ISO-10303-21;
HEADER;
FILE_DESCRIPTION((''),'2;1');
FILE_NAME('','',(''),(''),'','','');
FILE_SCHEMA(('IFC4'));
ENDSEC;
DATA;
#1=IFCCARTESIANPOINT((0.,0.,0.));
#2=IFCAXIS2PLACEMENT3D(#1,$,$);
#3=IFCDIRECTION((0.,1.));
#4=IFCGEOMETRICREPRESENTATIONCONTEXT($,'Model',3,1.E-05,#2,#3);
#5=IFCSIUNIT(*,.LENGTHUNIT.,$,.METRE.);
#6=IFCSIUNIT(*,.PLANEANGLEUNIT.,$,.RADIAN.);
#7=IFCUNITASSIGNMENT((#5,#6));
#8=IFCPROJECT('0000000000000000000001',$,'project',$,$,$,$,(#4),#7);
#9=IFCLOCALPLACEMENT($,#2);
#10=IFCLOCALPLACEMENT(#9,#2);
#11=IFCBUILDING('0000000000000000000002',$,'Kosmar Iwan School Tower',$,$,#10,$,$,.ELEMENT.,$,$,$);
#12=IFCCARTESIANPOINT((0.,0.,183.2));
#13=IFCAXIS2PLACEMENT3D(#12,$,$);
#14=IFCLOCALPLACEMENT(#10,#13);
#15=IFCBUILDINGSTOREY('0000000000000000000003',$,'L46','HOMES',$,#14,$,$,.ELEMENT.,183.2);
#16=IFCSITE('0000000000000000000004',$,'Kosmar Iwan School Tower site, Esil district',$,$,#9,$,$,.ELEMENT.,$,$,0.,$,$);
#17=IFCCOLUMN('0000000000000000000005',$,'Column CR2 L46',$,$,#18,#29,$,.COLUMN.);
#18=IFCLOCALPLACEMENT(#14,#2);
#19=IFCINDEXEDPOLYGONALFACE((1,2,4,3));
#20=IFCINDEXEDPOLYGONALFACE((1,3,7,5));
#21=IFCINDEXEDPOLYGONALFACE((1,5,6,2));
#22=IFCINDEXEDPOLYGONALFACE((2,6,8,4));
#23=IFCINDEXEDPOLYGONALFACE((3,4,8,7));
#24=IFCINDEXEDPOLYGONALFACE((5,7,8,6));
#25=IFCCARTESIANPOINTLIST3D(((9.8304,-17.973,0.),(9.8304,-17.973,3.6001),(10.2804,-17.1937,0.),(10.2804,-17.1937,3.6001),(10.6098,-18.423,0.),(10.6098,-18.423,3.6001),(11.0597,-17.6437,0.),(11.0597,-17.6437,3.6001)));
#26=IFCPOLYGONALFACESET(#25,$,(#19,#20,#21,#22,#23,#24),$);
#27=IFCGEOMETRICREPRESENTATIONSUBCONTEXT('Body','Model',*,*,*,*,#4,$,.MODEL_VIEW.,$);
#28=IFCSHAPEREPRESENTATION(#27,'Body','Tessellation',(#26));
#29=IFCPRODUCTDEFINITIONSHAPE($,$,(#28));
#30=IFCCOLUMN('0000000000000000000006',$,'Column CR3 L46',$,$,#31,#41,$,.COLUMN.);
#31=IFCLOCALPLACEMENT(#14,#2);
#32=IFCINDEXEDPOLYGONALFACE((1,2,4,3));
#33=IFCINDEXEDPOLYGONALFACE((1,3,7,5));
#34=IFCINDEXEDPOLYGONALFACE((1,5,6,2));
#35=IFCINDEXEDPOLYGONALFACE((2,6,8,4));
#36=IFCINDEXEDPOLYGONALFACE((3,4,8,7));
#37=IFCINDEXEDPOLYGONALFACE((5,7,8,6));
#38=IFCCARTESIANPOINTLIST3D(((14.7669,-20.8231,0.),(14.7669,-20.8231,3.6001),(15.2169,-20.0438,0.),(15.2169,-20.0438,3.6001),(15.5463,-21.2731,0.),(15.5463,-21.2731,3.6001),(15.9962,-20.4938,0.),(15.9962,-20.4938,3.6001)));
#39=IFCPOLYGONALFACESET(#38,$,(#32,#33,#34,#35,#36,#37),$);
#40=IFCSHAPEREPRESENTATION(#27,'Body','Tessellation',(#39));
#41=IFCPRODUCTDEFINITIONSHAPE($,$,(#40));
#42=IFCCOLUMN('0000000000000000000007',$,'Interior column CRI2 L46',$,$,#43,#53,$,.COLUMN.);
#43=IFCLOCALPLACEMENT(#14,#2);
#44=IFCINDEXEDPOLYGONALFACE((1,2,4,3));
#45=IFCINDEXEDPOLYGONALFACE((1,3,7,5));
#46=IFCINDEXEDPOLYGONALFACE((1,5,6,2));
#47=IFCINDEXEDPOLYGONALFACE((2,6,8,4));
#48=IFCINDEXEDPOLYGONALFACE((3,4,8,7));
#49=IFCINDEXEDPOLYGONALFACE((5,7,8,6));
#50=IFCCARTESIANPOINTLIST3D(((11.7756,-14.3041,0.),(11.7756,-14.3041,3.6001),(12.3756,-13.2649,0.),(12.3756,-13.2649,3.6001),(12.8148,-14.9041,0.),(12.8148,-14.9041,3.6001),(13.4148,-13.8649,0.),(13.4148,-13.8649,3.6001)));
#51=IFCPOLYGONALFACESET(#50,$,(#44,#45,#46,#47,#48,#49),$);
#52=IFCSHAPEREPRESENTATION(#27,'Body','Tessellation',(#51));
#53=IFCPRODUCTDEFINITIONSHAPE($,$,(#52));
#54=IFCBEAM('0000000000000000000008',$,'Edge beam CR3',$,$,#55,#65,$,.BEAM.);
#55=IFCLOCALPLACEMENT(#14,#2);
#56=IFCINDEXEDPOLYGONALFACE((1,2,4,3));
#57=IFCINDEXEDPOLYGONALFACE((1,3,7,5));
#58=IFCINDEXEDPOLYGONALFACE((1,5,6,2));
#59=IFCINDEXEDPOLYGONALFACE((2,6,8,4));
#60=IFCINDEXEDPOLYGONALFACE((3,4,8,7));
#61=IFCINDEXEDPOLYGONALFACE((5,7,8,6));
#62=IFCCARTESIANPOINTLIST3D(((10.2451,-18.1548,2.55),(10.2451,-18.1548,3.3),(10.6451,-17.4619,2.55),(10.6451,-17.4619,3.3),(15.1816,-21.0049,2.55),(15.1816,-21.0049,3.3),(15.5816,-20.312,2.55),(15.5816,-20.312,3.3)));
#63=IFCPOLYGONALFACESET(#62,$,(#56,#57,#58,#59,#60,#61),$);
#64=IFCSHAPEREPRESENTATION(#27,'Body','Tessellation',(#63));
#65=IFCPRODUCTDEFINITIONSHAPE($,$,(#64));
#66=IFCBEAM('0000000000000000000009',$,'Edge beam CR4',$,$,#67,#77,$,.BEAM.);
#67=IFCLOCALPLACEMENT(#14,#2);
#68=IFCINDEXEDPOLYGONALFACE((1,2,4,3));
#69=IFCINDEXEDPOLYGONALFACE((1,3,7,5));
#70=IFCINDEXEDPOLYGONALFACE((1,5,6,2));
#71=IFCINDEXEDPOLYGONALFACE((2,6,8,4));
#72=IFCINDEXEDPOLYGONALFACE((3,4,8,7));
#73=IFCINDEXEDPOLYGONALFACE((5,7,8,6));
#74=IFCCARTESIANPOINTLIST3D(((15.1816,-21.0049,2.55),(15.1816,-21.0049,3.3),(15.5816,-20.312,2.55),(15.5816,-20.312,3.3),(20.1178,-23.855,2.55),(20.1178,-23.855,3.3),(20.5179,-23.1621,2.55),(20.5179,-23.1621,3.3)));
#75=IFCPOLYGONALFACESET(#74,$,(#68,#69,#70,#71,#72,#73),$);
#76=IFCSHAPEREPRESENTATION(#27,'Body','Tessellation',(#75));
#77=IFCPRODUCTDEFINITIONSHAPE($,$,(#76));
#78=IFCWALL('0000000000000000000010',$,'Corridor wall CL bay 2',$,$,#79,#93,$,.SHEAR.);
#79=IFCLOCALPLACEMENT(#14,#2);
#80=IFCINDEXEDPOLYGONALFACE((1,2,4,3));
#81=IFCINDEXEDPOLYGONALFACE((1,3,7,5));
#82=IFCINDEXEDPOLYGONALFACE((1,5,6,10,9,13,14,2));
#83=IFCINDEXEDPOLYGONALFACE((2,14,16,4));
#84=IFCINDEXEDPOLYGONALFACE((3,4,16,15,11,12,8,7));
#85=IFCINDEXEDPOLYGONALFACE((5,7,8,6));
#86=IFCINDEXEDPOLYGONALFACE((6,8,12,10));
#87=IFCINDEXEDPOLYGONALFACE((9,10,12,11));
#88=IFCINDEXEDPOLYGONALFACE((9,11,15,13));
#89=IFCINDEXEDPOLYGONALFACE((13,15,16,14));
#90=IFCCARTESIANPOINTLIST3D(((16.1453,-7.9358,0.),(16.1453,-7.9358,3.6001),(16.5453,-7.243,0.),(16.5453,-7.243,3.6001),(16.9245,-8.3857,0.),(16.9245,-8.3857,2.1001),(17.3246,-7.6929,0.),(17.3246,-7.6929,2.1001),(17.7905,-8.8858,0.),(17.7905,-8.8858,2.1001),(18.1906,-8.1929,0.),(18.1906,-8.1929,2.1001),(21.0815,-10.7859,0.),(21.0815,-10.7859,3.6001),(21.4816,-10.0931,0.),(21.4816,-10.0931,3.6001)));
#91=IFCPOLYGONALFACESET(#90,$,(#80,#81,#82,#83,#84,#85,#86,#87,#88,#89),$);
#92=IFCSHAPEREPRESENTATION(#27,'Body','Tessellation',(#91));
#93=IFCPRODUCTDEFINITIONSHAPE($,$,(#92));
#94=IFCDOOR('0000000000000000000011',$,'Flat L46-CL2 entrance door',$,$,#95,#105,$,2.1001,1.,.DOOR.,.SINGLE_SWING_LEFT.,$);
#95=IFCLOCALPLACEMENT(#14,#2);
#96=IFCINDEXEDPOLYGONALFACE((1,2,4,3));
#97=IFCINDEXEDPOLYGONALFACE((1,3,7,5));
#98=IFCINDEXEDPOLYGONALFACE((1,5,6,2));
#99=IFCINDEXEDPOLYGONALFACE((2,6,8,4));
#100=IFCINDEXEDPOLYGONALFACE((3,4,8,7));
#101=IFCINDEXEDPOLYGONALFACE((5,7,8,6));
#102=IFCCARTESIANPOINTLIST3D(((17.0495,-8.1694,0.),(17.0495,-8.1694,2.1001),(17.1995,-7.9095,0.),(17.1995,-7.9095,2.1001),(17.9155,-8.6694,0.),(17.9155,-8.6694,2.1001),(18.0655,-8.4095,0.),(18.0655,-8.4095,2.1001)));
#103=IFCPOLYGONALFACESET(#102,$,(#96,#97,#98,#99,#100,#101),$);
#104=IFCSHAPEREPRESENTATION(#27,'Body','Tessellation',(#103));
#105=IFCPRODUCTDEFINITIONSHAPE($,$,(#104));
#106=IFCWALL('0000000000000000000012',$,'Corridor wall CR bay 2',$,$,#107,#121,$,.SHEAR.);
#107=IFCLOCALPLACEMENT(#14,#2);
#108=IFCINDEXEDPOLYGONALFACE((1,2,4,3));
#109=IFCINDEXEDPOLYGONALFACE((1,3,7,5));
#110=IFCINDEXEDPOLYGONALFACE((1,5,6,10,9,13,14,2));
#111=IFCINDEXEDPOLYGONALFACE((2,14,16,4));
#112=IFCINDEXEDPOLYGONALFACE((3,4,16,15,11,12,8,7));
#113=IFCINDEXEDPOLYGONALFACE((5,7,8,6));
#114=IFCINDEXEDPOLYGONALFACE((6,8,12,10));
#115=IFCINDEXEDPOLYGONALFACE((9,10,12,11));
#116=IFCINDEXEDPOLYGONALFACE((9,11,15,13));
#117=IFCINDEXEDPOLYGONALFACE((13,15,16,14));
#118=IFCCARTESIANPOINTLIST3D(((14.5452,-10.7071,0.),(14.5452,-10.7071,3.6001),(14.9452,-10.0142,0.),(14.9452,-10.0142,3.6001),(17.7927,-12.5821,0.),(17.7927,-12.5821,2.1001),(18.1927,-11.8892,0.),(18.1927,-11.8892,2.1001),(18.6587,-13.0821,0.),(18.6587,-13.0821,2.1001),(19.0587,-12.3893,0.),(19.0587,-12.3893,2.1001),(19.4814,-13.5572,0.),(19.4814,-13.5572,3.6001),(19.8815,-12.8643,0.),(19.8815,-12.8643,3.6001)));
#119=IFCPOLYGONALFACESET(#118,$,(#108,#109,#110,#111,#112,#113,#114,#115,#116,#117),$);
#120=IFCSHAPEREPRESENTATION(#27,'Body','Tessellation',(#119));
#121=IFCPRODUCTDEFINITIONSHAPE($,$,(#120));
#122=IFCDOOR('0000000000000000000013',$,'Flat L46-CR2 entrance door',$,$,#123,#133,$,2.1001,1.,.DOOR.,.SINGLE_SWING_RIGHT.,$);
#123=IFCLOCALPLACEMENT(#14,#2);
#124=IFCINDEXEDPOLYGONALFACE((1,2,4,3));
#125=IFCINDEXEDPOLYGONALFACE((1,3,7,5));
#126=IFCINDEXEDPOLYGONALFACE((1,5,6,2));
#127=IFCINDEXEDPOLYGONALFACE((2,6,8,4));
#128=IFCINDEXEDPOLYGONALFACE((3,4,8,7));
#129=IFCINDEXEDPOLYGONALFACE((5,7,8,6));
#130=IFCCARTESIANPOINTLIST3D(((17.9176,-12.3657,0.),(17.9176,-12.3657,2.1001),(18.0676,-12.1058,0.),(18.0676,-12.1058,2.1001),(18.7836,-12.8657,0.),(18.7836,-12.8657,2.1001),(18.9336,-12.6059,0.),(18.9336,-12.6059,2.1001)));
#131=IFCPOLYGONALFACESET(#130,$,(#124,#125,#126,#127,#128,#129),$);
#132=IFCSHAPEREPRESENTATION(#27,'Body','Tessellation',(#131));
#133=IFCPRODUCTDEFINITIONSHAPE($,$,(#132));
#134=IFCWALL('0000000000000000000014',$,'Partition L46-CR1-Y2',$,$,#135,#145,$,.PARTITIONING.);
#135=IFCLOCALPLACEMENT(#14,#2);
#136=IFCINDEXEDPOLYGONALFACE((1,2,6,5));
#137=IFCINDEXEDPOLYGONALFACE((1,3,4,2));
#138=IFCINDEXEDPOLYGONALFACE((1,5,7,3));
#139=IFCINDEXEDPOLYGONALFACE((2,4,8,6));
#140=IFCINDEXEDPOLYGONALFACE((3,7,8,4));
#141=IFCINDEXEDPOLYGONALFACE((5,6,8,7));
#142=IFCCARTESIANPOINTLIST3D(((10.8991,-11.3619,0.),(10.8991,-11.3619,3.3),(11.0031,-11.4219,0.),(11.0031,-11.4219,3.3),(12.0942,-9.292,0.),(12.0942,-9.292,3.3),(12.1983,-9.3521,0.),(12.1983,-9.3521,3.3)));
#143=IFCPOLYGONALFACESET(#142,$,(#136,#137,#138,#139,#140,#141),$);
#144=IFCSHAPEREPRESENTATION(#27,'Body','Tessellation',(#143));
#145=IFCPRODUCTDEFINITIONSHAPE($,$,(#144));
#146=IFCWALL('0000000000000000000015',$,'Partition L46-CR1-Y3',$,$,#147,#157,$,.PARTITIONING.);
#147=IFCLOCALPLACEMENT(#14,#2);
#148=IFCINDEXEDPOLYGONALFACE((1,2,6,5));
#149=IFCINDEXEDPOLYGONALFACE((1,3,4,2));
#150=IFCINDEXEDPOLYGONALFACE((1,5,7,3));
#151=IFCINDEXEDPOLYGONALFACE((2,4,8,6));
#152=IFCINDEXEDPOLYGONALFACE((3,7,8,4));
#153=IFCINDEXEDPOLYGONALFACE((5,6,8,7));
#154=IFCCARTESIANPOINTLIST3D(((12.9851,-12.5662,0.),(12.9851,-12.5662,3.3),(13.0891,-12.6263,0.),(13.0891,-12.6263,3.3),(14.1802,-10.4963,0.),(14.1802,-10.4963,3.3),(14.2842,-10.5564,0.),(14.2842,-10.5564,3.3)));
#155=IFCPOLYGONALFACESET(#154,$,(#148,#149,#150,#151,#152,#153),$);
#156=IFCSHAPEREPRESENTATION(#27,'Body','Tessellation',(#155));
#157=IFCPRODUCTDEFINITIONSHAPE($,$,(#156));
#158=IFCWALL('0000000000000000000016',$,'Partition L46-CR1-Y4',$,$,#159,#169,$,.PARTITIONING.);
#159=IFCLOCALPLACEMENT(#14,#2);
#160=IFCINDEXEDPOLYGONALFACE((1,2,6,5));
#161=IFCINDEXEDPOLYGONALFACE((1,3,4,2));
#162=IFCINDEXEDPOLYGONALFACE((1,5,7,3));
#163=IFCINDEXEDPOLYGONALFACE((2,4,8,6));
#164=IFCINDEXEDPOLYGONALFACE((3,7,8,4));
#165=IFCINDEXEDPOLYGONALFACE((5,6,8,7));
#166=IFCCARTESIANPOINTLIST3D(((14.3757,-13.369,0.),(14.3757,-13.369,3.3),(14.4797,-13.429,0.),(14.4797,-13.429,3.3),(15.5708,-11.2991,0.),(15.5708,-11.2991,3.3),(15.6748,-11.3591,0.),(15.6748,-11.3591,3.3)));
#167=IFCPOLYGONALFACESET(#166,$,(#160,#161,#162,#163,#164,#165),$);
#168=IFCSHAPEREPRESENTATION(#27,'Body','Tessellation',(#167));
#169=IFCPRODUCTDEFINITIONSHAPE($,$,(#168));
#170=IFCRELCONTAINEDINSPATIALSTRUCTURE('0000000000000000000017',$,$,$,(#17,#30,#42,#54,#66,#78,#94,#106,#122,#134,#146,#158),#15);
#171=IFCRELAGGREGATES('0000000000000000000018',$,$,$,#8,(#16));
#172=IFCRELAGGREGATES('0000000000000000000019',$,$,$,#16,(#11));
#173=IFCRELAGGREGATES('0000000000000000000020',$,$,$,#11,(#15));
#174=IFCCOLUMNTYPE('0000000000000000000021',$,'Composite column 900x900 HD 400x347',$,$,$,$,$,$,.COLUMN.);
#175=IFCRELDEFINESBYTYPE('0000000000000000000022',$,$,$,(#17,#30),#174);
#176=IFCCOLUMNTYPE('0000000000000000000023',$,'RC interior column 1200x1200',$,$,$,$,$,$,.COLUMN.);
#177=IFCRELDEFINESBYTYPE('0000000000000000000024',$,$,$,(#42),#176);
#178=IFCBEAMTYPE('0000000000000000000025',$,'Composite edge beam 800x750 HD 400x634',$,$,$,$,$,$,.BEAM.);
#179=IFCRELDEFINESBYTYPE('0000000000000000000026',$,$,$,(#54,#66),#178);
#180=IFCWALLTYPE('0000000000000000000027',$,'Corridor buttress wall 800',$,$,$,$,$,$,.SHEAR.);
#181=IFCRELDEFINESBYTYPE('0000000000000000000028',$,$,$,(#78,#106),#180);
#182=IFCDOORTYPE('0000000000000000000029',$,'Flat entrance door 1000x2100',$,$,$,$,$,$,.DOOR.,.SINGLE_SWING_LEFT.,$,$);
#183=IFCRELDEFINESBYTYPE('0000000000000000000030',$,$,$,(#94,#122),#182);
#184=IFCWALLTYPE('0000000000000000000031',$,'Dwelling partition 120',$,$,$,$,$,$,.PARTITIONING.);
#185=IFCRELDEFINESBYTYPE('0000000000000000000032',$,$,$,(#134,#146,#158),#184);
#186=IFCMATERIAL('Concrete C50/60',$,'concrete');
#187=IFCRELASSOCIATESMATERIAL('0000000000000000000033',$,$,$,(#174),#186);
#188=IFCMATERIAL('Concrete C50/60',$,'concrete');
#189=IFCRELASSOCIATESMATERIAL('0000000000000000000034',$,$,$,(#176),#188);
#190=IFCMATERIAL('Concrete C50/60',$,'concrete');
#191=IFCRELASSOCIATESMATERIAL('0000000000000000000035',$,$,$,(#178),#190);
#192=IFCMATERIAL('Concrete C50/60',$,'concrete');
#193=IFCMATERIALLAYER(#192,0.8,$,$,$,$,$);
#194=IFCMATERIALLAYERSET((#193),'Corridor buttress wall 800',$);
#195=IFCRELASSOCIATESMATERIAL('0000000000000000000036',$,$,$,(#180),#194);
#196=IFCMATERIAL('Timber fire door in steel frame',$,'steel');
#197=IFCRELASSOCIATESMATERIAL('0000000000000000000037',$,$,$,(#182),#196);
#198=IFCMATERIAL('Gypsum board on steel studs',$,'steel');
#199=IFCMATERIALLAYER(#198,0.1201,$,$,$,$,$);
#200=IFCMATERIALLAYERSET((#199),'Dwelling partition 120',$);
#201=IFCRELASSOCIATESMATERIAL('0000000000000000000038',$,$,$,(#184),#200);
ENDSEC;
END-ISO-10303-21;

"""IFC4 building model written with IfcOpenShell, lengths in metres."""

from ifc_helpers import new_model, si_unit, direction, frame, frame_2d, origin, origin_2d, place, context, subcontext, project, spatial, rectangle, extrude, material, layer, layer_set, material_profile, profile_set, type_object, element, fill, save


model = new_model("IFC4")

# Units and contexts
model_context = context("Model", 3, precision=1e-05, world=origin(), true_north=direction((0.0, 1.0)))
body_context = subcontext(model_context, "Body", "Model", "MODEL_VIEW")
ifc_project = project(units=[si_unit("LENGTHUNIT", "METRE"), si_unit("PLANEANGLEUNIT", "RADIAN")], contexts=[model_context])

# Site, building, storey
site_placement = place(None, origin())
site = spatial("IfcSite", under=ifc_project, at=site_placement, Name="Kosmar Iwan School Tower site, Esil district", CompositionType="ELEMENT", RefElevation=0.0)
building_placement = place(site_placement, origin())
building = spatial("IfcBuilding", under=site, at=building_placement, Name="Kosmar Iwan School Tower", CompositionType="ELEMENT")
storey_placement = place(building_placement, frame((0.0, 0.0, 183.2)))
storey = spatial("IfcBuildingStorey", under=building, at=storey_placement, Name="L46", Description="HOMES", CompositionType="ELEMENT", Elevation=183.2)

# Columns
ifc_material_1 = material(Name="Concrete C50/60", Category="concrete")
ifc_material_profile_1 = material_profile(ifc_material_1, rectangle(XDim=0.8999, YDim=0.8999, at=origin_2d()), Name="RC 900x900 + HD 400x347")
ifc_profile_set_1 = profile_set([ifc_material_profile_1], Name="Concrete C50/60")
column_type_1 = type_object("IfcColumnType", Name="Composite column 900x900 HD 400x347", PredefinedType="COLUMN", material=ifc_profile_set_1)
for number, where, z_axis, x_axis, name in (
    (1, (10.4451, -17.8083, 0.0), (0.0, 0.0, 1.0), (0.866025, -0.5, 0.0), "Column CR2 L46"),
    (2, (15.3816, -20.6584, 0.0), (0.0, 0.0, 1.0), (0.866025, -0.5, 0.0), "Column CR3 L46"),
):
    element("IfcColumn", number, at=place(storey_placement, frame(where, z_axis=z_axis, x_axis=x_axis)), inside=storey, type_object=column_type_1, Name=name, PredefinedType="COLUMN", context=body_context, shape_type="SweptSolid", body=[
        extrude(rectangle(XDim=0.8999, YDim=0.8999, at=origin_2d()), origin(), (0.0, 0.0, 1.0), 3.6001),
    ])
ifc_material_2 = material(Name="Concrete C50/60", Category="concrete")
ifc_material_profile_2 = material_profile(ifc_material_2, rectangle(XDim=1.2, YDim=1.2, at=origin_2d()), Name="RC 1200x1200")
ifc_profile_set_2 = profile_set([ifc_material_profile_2], Name="Concrete C50/60")
column_type_2 = type_object("IfcColumnType", Name="RC interior column 1200x1200", PredefinedType="COLUMN", material=ifc_profile_set_2)
column_placement = place(storey_placement, frame((12.5952, -14.0845, 0.0), z_axis=(0.0, 0.0, 1.0), x_axis=(0.866025, -0.5, 0.0)))
element("IfcColumn", 3, at=column_placement, inside=storey, type_object=column_type_2, Name="Interior column CRI2 L46", PredefinedType="COLUMN", context=body_context, shape_type="SweptSolid", body=[
    extrude(rectangle(XDim=1.2, YDim=1.2, at=origin_2d()), origin(), (0.0, 0.0, 1.0), 3.6001),
])

# Beams
ifc_material_3 = material(Name="Concrete C50/60", Category="concrete")
ifc_material_profile_3 = material_profile(ifc_material_3, rectangle(XDim=0.8, YDim=0.75, at=origin_2d()), Name="RC 800x750 + HD 400x634")
ifc_profile_set_3 = profile_set([ifc_material_profile_3], Name="Concrete C50/60")
beam_type = type_object("IfcBeamType", Name="Composite edge beam 800x750 HD 400x634", PredefinedType="BEAM", material=ifc_profile_set_3)
beam_1_placement = place(storey_placement, frame((10.4451, -17.8083, 2.925), z_axis=(0.866026, -0.499999, 0.0), x_axis=(0.499999, 0.866026, 0.0)))
element("IfcBeam", 4, at=beam_1_placement, inside=storey, type_object=beam_type, Name="Edge beam CR3", PredefinedType="BEAM", context=body_context, shape_type="SweptSolid", body=[
    extrude(rectangle(XDim=0.8, YDim=0.75, at=origin_2d()), origin(), (0.0, 0.0, 1.0), 5.7002),
])
beam_2_placement = place(storey_placement, frame((15.3816, -20.6584, 2.925), z_axis=(0.866015, -0.500018, 0.0), x_axis=(0.500018, 0.866015, 0.0)))
element("IfcBeam", 5, at=beam_2_placement, inside=storey, type_object=beam_type, Name="Edge beam CR4", PredefinedType="BEAM", context=body_context, shape_type="SweptSolid", body=[
    extrude(rectangle(XDim=0.8, YDim=0.75, at=origin_2d()), origin(), (0.0, 0.0, 1.0), 5.7),
])

# Walls, openings, doors
ifc_material_4 = material(Name="Concrete C50/60", Category="concrete")
ifc_layer_1 = layer(ifc_material_4, 0.8)
ifc_layer_set_1 = layer_set([ifc_layer_1], Name="Corridor buttress wall 800")
wall_type_1 = type_object("IfcWallType", Name="Corridor buttress wall 800", PredefinedType="SHEAR", material=ifc_layer_set_1)
wall_1_placement = place(storey_placement, frame((16.3452, -7.5894, 0.0), z_axis=(0.0, 0.0, 1.0), x_axis=(0.866015, -0.500018, 0.0)))
wall_1 = element("IfcWall", 6, at=wall_1_placement, inside=storey, type_object=wall_type_1, Name="Corridor wall CL bay 2", PredefinedType="SHEAR", context=body_context, shape_type="SweptSolid", body=[
    extrude(rectangle(XDim=5.7, YDim=0.8, at=frame_2d((2.8501, 0.0))), origin(), (0.0, 0.0, 1.0), 3.6001),
])
opening_1_placement = place(wall_1_placement, frame((0.8999, 0.0, 0.0)))
opening_1 = element("IfcOpeningElement", 7, at=opening_1_placement, cuts=wall_1, PredefinedType="OPENING", context=body_context, shape_type="SweptSolid", body=[
    extrude(rectangle(XDim=1.0, YDim=2.1001, at=frame_2d((0.5, 1.05))), frame((0.0, 0.4121, 0.0), z_axis=(0.0, -1.0, 0.0), x_axis=(1.0, 0.0, 0.0)), (0.0, 0.0, 1.0), 0.824),
])
ifc_material_5 = material(Name="Timber fire door in steel frame", Category="steel")
door_type_1 = type_object("IfcDoorType", Name="Flat entrance door 1000x2100", OperationType="SINGLE_SWING_LEFT", PredefinedType="DOOR", material=ifc_material_5)
door_1_placement = place(opening_1_placement, origin())
door_1 = element("IfcDoor", 8, at=door_1_placement, inside=storey, type_object=door_type_1, Name="Flat L46-CL2 entrance door", OperationType="SINGLE_SWING_LEFT", OverallHeight=2.1001, OverallWidth=1.0, PredefinedType="DOOR", context=body_context, shape_type="SweptSolid", body=[
    extrude(rectangle(XDim=1.0, YDim=2.1001, at=frame_2d((0.5, 1.05))), frame((0.0, 0.1499, 0.0), z_axis=(0.0, -1.0, 0.0), x_axis=(1.0, 0.0, 0.0)), (0.0, 0.0, 1.0), 0.3),
])
fill(opening_1, door_1)
wall_2_placement = place(storey_placement, frame((14.7451, -10.3606, 0.0), z_axis=(0.0, 0.0, 1.0), x_axis=(0.866015, -0.500018, 0.0)))
wall_2 = element("IfcWall", 9, at=wall_2_placement, inside=storey, type_object=wall_type_1, Name="Corridor wall CR bay 2", PredefinedType="SHEAR", context=body_context, shape_type="SweptSolid", body=[
    extrude(rectangle(XDim=5.7, YDim=0.8, at=frame_2d((2.8501, 0.0))), origin(), (0.0, 0.0, 1.0), 3.6001),
])
opening_2_placement = place(wall_2_placement, frame((3.75, 0.0, 0.0)))
opening_2 = element("IfcOpeningElement", 10, at=opening_2_placement, cuts=wall_2, PredefinedType="OPENING", context=body_context, shape_type="SweptSolid", body=[
    extrude(rectangle(XDim=1.0, YDim=2.1001, at=frame_2d((0.5, 1.05))), frame((0.0, 0.4121, 0.0), z_axis=(0.0, -1.0, 0.0), x_axis=(1.0, 0.0, 0.0)), (0.0, 0.0, 1.0), 0.824),
])
door_2_placement = place(opening_2_placement, origin())
door_2 = element("IfcDoor", 11, at=door_2_placement, inside=storey, type_object=door_type_1, Name="Flat L46-CR2 entrance door", OperationType="SINGLE_SWING_RIGHT", OverallHeight=2.1001, OverallWidth=1.0, PredefinedType="DOOR", context=body_context, shape_type="SweptSolid", body=[
    extrude(rectangle(XDim=1.0, YDim=2.1001, at=frame_2d((0.5, 1.05))), frame((0.0, 0.1499, 0.0), z_axis=(0.0, -1.0, 0.0), x_axis=(1.0, 0.0, 0.0)), (0.0, 0.0, 1.0), 0.3),
])
fill(opening_2, door_2)

# Walls
ifc_material_6 = material(Name="Gypsum board on steel studs", Category="steel")
ifc_layer_2 = layer(ifc_material_6, 0.1201)
ifc_layer_set_2 = layer_set([ifc_layer_2], Name="Dwelling partition 120")
wall_type_2 = type_object("IfcWallType", Name="Dwelling partition 120", PredefinedType="PARTITIONING", material=ifc_layer_set_2)
for number, where, z_axis, x_axis, name in (
    (12, (12.1462, -9.322, 0.0), (0.0, 0.0, 1.0), (-0.500017, -0.866015, 0.0), "Partition L46-CR1-Y2"),
    (13, (14.2322, -10.5264, 0.0), (0.0, 0.0, 1.0), (-0.500017, -0.866015, 0.0), "Partition L46-CR1-Y3"),
    (14, (15.6228, -11.3291, 0.0), (0.0, 0.0, 1.0), (-0.500017, -0.866015, 0.0), "Partition L46-CR1-Y4"),
):
    element("IfcWall", number, at=place(storey_placement, frame(where, z_axis=z_axis, x_axis=x_axis)), inside=storey, type_object=wall_type_2, Name=name, PredefinedType="PARTITIONING", context=body_context, shape_type="SweptSolid", body=[
        extrude(rectangle(XDim=2.3901, YDim=0.1201, at=frame_2d((1.1951, 0.0))), origin(), (0.0, 0.0, 1.0), 3.3),
    ])

save(model, "model.ifc")
